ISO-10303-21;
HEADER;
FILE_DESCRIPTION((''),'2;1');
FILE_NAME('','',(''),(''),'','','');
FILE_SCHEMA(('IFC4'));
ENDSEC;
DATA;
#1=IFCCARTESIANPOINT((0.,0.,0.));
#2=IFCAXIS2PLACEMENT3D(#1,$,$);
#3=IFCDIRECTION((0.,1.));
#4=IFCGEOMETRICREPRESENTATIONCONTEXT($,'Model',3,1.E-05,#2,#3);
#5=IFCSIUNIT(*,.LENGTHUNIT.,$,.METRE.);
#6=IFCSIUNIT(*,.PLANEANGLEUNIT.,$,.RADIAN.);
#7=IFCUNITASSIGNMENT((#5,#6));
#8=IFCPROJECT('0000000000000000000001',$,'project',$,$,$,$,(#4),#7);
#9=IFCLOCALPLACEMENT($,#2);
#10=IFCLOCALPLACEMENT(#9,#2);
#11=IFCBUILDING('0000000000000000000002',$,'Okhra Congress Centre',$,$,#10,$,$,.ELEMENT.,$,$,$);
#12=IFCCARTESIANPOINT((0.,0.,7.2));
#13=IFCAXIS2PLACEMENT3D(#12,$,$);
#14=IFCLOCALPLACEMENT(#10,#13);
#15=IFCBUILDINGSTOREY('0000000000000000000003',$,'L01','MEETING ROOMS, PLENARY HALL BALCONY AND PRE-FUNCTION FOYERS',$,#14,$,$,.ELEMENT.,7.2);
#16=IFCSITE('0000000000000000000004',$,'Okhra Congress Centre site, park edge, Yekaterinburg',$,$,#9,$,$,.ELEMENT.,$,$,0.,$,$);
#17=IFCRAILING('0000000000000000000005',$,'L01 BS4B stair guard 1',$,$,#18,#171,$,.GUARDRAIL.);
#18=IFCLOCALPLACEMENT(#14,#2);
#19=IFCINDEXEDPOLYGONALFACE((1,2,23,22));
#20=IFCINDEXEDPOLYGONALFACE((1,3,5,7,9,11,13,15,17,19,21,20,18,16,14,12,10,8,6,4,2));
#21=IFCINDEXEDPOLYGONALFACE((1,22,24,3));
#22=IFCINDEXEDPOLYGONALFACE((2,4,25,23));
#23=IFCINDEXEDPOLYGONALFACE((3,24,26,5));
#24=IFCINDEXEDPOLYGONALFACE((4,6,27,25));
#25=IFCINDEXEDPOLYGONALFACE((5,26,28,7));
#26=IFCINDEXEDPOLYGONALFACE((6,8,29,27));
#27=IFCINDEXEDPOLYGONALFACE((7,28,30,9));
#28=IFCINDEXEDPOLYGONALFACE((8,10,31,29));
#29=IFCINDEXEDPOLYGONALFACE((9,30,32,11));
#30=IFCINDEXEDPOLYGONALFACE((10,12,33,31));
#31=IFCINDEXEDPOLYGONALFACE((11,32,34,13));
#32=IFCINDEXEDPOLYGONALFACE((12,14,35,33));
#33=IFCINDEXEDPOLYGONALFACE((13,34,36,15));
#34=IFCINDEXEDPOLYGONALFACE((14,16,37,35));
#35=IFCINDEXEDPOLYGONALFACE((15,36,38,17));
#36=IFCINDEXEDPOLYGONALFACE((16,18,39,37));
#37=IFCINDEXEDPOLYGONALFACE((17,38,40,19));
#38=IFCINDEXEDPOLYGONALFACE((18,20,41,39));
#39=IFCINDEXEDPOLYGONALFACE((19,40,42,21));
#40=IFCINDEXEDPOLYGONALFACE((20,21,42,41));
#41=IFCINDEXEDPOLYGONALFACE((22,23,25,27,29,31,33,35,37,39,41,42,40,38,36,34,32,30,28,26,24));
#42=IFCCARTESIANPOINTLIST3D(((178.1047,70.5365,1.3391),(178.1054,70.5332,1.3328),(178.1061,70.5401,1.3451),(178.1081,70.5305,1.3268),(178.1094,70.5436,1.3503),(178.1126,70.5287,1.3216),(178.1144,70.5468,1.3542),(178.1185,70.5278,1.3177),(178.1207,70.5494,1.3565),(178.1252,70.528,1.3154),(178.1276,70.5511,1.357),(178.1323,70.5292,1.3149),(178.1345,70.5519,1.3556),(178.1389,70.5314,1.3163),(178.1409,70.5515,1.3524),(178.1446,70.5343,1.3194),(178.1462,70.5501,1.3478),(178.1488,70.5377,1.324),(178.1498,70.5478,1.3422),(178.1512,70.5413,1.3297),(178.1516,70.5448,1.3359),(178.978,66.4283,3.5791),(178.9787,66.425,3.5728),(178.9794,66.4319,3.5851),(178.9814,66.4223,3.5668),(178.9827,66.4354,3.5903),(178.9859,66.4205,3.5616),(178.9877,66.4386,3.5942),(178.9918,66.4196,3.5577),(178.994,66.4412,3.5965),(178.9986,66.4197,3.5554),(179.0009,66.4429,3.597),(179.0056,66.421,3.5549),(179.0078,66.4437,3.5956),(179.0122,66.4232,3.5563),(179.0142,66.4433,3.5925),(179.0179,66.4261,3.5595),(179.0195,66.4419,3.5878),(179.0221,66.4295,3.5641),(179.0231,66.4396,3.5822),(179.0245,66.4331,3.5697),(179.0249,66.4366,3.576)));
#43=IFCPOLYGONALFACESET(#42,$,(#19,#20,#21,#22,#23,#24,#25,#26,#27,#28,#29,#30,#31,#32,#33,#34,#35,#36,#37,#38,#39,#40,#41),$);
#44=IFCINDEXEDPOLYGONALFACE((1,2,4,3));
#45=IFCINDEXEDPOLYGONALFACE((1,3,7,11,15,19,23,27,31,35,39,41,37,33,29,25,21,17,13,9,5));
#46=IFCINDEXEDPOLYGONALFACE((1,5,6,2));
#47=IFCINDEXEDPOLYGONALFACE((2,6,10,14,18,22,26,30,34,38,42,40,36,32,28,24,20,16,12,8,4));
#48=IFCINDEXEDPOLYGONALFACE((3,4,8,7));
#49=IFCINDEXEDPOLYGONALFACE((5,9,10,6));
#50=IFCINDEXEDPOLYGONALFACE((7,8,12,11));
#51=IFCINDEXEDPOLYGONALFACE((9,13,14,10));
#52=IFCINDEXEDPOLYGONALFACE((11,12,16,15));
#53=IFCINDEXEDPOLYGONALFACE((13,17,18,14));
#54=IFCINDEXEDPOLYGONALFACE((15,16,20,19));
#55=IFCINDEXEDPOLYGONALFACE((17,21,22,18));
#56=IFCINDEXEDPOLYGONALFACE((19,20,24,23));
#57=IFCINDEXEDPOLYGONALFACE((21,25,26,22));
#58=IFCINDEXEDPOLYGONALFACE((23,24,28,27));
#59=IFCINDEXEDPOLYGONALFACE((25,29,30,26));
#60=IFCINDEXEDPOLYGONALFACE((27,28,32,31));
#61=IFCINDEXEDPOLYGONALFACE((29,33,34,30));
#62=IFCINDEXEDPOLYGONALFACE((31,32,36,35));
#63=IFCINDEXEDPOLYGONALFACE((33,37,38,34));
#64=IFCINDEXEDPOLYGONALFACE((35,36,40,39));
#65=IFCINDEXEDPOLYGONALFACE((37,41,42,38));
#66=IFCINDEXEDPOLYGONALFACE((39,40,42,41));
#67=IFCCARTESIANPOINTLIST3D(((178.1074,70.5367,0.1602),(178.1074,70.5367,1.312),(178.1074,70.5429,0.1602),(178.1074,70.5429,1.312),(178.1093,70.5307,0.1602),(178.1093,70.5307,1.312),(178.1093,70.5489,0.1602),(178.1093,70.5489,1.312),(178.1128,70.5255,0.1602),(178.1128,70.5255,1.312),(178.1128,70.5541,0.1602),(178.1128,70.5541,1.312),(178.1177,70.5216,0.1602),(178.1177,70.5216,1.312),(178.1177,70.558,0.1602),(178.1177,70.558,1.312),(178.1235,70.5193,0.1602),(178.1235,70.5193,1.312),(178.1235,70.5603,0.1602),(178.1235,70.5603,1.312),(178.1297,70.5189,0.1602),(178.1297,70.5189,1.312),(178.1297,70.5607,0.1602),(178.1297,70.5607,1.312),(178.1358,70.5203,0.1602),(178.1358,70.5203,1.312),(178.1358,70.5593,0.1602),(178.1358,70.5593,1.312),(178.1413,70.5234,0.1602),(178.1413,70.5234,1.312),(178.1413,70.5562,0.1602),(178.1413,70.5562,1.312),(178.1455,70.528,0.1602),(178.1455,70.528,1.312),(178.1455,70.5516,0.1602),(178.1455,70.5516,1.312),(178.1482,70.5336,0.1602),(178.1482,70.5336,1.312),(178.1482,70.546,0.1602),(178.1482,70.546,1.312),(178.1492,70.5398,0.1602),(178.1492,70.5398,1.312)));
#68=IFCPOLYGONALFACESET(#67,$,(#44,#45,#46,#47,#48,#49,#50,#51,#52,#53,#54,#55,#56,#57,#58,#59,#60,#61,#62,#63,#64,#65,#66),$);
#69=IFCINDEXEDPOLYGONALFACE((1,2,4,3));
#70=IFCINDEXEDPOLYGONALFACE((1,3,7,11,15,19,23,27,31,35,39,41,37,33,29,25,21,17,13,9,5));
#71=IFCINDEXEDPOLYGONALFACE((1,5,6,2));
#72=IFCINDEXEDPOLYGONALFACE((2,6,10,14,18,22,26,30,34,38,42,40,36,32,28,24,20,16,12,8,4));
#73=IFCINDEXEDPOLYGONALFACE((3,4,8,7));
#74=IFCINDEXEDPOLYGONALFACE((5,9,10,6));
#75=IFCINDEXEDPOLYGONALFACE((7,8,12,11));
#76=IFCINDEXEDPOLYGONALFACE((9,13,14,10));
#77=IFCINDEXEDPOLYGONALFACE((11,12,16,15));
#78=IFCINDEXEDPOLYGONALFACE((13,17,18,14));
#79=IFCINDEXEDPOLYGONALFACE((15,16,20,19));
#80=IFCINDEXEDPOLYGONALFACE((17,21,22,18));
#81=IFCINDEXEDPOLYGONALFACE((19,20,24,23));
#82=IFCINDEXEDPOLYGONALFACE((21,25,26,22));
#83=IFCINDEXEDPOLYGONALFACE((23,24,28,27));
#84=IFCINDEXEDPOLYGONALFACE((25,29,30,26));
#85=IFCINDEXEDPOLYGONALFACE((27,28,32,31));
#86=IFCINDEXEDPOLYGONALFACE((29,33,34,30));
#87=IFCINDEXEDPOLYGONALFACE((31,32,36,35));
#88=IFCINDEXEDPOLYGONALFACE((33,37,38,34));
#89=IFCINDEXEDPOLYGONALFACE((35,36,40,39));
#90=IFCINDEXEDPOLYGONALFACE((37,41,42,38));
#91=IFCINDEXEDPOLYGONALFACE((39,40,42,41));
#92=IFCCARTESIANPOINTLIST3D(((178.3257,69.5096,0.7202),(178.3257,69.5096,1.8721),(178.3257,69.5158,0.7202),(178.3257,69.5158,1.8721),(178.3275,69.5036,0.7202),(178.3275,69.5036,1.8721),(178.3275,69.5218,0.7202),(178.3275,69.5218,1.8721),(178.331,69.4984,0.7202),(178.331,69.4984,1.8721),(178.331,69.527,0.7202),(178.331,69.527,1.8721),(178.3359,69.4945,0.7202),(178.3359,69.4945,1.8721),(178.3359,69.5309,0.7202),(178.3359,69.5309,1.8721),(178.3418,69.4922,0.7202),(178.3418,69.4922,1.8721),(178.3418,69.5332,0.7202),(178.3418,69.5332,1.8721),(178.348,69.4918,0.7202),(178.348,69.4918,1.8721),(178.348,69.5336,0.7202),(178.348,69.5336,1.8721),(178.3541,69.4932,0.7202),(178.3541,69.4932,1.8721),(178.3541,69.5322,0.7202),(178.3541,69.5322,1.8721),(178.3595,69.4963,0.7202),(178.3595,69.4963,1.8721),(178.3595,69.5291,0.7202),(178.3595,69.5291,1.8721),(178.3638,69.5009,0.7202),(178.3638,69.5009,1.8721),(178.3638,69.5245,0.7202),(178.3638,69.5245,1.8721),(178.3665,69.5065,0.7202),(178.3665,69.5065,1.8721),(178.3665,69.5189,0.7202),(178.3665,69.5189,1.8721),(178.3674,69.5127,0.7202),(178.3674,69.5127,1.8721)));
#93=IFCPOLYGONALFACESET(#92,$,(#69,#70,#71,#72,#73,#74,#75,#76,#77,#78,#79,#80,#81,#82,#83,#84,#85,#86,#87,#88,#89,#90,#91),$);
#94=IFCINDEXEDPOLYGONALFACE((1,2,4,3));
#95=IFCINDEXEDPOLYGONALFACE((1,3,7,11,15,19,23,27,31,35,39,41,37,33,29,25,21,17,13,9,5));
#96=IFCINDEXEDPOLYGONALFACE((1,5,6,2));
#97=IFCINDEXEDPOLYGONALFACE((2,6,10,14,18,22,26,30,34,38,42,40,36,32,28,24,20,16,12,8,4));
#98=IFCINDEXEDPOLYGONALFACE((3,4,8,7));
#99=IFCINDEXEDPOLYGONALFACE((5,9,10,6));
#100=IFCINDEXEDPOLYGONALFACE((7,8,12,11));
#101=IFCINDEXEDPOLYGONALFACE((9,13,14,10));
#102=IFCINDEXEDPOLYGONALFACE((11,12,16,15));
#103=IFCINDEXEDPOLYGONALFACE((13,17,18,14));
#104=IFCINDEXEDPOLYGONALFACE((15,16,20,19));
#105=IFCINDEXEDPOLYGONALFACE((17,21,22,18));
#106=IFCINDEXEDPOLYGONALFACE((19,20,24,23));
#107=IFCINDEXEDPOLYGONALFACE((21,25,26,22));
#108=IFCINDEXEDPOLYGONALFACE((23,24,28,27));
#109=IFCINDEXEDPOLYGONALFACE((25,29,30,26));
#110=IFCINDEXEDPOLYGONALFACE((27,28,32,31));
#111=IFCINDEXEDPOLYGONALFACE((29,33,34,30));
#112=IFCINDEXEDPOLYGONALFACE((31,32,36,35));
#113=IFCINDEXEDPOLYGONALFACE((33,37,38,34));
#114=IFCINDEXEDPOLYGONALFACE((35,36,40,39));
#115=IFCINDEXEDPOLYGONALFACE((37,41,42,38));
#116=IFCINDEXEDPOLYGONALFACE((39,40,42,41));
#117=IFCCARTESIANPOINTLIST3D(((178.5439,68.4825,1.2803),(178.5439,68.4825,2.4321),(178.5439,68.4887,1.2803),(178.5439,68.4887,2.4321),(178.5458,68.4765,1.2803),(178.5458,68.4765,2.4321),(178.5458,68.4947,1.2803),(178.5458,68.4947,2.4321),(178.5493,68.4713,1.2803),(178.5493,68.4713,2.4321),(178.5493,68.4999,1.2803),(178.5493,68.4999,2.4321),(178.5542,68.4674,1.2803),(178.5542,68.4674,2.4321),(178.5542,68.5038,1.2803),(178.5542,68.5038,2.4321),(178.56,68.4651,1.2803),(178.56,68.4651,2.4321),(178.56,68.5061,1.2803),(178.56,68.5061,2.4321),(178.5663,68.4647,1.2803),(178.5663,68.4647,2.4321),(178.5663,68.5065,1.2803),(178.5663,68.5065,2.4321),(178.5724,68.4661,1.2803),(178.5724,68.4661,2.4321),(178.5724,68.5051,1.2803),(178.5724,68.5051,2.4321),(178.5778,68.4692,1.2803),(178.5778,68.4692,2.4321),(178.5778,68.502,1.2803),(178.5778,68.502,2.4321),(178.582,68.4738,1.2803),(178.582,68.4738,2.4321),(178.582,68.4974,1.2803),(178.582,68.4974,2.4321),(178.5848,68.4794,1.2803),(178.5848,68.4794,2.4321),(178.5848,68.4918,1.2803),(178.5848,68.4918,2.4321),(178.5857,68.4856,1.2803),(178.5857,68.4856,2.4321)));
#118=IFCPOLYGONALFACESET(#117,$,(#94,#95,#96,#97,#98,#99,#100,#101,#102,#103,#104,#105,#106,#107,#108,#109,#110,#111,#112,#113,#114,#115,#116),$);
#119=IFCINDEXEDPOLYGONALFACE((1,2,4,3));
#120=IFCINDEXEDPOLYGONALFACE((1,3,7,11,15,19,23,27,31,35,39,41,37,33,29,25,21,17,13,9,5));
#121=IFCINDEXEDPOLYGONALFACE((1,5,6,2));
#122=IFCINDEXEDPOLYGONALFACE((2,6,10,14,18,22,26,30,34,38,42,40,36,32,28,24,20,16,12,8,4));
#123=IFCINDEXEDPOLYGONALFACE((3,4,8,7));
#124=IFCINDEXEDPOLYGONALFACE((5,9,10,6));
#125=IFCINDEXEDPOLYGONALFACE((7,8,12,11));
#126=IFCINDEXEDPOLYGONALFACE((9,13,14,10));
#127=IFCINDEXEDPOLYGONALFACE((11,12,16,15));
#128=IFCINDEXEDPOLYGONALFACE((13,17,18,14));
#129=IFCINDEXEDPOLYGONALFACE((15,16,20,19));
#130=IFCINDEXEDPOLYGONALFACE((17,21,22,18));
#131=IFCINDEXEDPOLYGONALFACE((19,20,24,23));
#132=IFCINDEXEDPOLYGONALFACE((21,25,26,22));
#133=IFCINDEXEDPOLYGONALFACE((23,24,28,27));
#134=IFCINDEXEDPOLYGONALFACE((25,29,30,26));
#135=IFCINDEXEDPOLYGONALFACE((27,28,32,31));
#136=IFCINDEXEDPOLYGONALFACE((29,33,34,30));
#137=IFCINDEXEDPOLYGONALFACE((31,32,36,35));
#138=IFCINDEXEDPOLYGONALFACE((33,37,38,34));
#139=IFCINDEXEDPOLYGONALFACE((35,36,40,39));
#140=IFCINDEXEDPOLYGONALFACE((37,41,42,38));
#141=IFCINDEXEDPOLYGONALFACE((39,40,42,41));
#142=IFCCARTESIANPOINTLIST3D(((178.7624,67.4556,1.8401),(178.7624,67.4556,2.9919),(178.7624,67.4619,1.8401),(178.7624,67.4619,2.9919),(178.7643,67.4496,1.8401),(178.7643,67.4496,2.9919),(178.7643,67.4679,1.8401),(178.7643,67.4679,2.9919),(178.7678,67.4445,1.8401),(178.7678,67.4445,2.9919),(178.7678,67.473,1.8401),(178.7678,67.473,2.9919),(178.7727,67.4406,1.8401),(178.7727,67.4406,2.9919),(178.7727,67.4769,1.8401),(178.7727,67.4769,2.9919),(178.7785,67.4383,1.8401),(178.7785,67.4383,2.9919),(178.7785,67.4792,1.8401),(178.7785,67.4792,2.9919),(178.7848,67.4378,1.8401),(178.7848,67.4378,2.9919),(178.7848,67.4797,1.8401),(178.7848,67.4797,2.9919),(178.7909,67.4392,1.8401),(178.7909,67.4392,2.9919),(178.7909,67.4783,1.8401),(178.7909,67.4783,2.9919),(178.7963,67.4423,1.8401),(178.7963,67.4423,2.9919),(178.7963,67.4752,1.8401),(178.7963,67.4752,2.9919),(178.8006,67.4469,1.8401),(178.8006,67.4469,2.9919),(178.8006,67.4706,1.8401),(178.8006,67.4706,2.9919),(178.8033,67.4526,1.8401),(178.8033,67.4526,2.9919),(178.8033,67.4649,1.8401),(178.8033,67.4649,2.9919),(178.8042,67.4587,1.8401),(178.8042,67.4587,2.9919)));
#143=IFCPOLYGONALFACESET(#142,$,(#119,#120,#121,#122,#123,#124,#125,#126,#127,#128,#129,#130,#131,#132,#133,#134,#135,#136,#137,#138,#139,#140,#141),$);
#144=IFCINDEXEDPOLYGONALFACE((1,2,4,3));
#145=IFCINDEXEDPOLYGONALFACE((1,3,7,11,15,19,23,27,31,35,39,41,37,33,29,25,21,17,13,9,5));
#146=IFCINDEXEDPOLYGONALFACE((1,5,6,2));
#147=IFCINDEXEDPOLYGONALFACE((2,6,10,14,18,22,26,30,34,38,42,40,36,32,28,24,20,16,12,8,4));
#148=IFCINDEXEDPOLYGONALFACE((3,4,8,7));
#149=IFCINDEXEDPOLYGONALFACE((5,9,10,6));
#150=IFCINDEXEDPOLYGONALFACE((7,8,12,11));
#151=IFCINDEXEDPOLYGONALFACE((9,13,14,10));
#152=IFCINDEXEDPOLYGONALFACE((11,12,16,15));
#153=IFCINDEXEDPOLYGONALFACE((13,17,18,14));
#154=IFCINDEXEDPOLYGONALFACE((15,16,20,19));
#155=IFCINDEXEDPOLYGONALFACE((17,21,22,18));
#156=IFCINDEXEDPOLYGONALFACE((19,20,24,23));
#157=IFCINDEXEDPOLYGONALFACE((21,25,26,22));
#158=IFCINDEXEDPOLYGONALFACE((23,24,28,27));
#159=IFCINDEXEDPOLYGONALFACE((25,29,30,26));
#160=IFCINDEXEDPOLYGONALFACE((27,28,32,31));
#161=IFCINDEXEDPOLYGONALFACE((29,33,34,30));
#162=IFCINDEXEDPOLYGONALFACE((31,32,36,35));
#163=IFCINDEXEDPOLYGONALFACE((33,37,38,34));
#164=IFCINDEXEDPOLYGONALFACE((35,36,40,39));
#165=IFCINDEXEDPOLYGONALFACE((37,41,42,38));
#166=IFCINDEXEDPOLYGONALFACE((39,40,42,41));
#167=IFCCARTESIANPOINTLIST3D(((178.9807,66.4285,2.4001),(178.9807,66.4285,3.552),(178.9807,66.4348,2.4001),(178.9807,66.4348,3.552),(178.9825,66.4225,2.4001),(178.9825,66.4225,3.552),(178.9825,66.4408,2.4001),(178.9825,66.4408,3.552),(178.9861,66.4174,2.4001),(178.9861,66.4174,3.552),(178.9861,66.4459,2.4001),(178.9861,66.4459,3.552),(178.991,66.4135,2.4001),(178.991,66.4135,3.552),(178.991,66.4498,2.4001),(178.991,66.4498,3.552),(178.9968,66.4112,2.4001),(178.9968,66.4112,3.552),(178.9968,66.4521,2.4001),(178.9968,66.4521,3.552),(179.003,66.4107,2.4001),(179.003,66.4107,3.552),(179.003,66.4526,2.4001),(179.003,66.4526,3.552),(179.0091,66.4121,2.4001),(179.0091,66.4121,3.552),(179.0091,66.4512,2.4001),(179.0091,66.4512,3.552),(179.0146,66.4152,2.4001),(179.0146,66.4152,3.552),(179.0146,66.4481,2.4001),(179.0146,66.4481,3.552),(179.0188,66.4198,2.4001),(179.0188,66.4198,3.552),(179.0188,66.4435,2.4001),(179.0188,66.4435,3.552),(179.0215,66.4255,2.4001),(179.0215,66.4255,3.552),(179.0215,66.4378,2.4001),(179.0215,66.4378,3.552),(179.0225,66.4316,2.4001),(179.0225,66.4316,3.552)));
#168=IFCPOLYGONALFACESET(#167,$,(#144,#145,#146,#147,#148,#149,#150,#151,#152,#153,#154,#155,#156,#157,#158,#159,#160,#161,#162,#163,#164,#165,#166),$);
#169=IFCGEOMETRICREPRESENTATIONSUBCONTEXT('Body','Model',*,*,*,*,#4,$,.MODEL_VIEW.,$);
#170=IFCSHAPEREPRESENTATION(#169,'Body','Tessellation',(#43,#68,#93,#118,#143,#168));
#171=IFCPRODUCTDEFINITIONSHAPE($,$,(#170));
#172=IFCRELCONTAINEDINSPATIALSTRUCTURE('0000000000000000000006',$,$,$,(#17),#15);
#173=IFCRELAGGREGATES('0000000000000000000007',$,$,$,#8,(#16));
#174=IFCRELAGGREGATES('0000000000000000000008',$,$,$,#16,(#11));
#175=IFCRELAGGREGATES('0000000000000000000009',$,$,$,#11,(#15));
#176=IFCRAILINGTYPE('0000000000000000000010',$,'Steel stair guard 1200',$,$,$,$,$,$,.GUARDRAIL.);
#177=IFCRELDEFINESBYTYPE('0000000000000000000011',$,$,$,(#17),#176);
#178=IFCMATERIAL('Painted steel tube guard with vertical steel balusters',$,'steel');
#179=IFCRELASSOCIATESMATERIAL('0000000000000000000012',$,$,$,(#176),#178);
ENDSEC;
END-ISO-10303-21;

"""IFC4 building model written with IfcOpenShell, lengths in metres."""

from ifc_helpers import new_model, si_unit, direction, frame, origin, origin_2d, place, context, subcontext, project, spatial, circle, extrude, material, type_object, element, save


model = new_model("IFC4")

# Units and contexts
model_context = context("Model", 3, precision=1e-05, world=origin(), true_north=direction((0.0, 1.0)))
body_context = subcontext(model_context, "Body", "Model", "MODEL_VIEW")
ifc_project = project(units=[si_unit("LENGTHUNIT", "METRE"), si_unit("PLANEANGLEUNIT", "RADIAN")], contexts=[model_context])

# Site, building, storey
site_placement = place(None, origin())
site = spatial("IfcSite", under=ifc_project, at=site_placement, Name="Okhra Congress Centre site, park edge, Yekaterinburg", CompositionType="ELEMENT", RefElevation=0.0)
building_placement = place(site_placement, origin())
building = spatial("IfcBuilding", under=site, at=building_placement, Name="Okhra Congress Centre", CompositionType="ELEMENT")
storey_placement = place(building_placement, frame((0.0, 0.0, 7.2)))
storey = spatial("IfcBuildingStorey", under=building, at=storey_placement, Name="L01", Description="MEETING ROOMS, PLENARY HALL BALCONY AND PRE-FUNCTION FOYERS", CompositionType="ELEMENT", Elevation=7.2)

# Railing
ifc_material_1 = material(Name="Painted steel tube guard with vertical steel balusters", Category="steel")
railing_type_1 = type_object("IfcRailingType", Name="Steel stair guard 1200", PredefinedType="GUARDRAIL", material=ifc_material_1)
railing_1_placement = place(storey_placement, frame((178.1282, 70.5398, 0.1602)))
element("IfcRailing", 1, at=railing_1_placement, inside=storey, type_object=railing_type_1, Name="L01 BS4B stair guard 1", PredefinedType="GUARDRAIL", context=body_context, shape_type="SweptSolid", body=[
    extrude(circle(Radius=0.0239, at=origin_2d()), frame((0.0, 0.0, 1.1758), z_axis=(0.183466, -0.863067, 0.470591), x_axis=(0.978144, 0.207929, 0.0)), (0.0, 0.0, 1.0), 4.76),
    extrude(circle(Radius=0.021, at=origin_2d()), origin(), (0.0, 0.0, 1.0), 1.1519),
    extrude(circle(Radius=0.021, at=origin_2d()), frame((0.2183, -1.0271, 0.5601)), (0.0, 0.0, 1.0), 1.1519),
    extrude(circle(Radius=0.021, at=origin_2d()), frame((0.4365, -2.0542, 1.1201)), (0.0, 0.0, 1.0), 1.1519),
    extrude(circle(Radius=0.021, at=origin_2d()), frame((0.655, -3.0811, 1.6799)), (0.0, 0.0, 1.0), 1.1519),
    extrude(circle(Radius=0.021, at=origin_2d()), frame((0.8733, -4.1082, 2.24)), (0.0, 0.0, 1.0), 1.1519),
])

save(model, "model.ifc")
